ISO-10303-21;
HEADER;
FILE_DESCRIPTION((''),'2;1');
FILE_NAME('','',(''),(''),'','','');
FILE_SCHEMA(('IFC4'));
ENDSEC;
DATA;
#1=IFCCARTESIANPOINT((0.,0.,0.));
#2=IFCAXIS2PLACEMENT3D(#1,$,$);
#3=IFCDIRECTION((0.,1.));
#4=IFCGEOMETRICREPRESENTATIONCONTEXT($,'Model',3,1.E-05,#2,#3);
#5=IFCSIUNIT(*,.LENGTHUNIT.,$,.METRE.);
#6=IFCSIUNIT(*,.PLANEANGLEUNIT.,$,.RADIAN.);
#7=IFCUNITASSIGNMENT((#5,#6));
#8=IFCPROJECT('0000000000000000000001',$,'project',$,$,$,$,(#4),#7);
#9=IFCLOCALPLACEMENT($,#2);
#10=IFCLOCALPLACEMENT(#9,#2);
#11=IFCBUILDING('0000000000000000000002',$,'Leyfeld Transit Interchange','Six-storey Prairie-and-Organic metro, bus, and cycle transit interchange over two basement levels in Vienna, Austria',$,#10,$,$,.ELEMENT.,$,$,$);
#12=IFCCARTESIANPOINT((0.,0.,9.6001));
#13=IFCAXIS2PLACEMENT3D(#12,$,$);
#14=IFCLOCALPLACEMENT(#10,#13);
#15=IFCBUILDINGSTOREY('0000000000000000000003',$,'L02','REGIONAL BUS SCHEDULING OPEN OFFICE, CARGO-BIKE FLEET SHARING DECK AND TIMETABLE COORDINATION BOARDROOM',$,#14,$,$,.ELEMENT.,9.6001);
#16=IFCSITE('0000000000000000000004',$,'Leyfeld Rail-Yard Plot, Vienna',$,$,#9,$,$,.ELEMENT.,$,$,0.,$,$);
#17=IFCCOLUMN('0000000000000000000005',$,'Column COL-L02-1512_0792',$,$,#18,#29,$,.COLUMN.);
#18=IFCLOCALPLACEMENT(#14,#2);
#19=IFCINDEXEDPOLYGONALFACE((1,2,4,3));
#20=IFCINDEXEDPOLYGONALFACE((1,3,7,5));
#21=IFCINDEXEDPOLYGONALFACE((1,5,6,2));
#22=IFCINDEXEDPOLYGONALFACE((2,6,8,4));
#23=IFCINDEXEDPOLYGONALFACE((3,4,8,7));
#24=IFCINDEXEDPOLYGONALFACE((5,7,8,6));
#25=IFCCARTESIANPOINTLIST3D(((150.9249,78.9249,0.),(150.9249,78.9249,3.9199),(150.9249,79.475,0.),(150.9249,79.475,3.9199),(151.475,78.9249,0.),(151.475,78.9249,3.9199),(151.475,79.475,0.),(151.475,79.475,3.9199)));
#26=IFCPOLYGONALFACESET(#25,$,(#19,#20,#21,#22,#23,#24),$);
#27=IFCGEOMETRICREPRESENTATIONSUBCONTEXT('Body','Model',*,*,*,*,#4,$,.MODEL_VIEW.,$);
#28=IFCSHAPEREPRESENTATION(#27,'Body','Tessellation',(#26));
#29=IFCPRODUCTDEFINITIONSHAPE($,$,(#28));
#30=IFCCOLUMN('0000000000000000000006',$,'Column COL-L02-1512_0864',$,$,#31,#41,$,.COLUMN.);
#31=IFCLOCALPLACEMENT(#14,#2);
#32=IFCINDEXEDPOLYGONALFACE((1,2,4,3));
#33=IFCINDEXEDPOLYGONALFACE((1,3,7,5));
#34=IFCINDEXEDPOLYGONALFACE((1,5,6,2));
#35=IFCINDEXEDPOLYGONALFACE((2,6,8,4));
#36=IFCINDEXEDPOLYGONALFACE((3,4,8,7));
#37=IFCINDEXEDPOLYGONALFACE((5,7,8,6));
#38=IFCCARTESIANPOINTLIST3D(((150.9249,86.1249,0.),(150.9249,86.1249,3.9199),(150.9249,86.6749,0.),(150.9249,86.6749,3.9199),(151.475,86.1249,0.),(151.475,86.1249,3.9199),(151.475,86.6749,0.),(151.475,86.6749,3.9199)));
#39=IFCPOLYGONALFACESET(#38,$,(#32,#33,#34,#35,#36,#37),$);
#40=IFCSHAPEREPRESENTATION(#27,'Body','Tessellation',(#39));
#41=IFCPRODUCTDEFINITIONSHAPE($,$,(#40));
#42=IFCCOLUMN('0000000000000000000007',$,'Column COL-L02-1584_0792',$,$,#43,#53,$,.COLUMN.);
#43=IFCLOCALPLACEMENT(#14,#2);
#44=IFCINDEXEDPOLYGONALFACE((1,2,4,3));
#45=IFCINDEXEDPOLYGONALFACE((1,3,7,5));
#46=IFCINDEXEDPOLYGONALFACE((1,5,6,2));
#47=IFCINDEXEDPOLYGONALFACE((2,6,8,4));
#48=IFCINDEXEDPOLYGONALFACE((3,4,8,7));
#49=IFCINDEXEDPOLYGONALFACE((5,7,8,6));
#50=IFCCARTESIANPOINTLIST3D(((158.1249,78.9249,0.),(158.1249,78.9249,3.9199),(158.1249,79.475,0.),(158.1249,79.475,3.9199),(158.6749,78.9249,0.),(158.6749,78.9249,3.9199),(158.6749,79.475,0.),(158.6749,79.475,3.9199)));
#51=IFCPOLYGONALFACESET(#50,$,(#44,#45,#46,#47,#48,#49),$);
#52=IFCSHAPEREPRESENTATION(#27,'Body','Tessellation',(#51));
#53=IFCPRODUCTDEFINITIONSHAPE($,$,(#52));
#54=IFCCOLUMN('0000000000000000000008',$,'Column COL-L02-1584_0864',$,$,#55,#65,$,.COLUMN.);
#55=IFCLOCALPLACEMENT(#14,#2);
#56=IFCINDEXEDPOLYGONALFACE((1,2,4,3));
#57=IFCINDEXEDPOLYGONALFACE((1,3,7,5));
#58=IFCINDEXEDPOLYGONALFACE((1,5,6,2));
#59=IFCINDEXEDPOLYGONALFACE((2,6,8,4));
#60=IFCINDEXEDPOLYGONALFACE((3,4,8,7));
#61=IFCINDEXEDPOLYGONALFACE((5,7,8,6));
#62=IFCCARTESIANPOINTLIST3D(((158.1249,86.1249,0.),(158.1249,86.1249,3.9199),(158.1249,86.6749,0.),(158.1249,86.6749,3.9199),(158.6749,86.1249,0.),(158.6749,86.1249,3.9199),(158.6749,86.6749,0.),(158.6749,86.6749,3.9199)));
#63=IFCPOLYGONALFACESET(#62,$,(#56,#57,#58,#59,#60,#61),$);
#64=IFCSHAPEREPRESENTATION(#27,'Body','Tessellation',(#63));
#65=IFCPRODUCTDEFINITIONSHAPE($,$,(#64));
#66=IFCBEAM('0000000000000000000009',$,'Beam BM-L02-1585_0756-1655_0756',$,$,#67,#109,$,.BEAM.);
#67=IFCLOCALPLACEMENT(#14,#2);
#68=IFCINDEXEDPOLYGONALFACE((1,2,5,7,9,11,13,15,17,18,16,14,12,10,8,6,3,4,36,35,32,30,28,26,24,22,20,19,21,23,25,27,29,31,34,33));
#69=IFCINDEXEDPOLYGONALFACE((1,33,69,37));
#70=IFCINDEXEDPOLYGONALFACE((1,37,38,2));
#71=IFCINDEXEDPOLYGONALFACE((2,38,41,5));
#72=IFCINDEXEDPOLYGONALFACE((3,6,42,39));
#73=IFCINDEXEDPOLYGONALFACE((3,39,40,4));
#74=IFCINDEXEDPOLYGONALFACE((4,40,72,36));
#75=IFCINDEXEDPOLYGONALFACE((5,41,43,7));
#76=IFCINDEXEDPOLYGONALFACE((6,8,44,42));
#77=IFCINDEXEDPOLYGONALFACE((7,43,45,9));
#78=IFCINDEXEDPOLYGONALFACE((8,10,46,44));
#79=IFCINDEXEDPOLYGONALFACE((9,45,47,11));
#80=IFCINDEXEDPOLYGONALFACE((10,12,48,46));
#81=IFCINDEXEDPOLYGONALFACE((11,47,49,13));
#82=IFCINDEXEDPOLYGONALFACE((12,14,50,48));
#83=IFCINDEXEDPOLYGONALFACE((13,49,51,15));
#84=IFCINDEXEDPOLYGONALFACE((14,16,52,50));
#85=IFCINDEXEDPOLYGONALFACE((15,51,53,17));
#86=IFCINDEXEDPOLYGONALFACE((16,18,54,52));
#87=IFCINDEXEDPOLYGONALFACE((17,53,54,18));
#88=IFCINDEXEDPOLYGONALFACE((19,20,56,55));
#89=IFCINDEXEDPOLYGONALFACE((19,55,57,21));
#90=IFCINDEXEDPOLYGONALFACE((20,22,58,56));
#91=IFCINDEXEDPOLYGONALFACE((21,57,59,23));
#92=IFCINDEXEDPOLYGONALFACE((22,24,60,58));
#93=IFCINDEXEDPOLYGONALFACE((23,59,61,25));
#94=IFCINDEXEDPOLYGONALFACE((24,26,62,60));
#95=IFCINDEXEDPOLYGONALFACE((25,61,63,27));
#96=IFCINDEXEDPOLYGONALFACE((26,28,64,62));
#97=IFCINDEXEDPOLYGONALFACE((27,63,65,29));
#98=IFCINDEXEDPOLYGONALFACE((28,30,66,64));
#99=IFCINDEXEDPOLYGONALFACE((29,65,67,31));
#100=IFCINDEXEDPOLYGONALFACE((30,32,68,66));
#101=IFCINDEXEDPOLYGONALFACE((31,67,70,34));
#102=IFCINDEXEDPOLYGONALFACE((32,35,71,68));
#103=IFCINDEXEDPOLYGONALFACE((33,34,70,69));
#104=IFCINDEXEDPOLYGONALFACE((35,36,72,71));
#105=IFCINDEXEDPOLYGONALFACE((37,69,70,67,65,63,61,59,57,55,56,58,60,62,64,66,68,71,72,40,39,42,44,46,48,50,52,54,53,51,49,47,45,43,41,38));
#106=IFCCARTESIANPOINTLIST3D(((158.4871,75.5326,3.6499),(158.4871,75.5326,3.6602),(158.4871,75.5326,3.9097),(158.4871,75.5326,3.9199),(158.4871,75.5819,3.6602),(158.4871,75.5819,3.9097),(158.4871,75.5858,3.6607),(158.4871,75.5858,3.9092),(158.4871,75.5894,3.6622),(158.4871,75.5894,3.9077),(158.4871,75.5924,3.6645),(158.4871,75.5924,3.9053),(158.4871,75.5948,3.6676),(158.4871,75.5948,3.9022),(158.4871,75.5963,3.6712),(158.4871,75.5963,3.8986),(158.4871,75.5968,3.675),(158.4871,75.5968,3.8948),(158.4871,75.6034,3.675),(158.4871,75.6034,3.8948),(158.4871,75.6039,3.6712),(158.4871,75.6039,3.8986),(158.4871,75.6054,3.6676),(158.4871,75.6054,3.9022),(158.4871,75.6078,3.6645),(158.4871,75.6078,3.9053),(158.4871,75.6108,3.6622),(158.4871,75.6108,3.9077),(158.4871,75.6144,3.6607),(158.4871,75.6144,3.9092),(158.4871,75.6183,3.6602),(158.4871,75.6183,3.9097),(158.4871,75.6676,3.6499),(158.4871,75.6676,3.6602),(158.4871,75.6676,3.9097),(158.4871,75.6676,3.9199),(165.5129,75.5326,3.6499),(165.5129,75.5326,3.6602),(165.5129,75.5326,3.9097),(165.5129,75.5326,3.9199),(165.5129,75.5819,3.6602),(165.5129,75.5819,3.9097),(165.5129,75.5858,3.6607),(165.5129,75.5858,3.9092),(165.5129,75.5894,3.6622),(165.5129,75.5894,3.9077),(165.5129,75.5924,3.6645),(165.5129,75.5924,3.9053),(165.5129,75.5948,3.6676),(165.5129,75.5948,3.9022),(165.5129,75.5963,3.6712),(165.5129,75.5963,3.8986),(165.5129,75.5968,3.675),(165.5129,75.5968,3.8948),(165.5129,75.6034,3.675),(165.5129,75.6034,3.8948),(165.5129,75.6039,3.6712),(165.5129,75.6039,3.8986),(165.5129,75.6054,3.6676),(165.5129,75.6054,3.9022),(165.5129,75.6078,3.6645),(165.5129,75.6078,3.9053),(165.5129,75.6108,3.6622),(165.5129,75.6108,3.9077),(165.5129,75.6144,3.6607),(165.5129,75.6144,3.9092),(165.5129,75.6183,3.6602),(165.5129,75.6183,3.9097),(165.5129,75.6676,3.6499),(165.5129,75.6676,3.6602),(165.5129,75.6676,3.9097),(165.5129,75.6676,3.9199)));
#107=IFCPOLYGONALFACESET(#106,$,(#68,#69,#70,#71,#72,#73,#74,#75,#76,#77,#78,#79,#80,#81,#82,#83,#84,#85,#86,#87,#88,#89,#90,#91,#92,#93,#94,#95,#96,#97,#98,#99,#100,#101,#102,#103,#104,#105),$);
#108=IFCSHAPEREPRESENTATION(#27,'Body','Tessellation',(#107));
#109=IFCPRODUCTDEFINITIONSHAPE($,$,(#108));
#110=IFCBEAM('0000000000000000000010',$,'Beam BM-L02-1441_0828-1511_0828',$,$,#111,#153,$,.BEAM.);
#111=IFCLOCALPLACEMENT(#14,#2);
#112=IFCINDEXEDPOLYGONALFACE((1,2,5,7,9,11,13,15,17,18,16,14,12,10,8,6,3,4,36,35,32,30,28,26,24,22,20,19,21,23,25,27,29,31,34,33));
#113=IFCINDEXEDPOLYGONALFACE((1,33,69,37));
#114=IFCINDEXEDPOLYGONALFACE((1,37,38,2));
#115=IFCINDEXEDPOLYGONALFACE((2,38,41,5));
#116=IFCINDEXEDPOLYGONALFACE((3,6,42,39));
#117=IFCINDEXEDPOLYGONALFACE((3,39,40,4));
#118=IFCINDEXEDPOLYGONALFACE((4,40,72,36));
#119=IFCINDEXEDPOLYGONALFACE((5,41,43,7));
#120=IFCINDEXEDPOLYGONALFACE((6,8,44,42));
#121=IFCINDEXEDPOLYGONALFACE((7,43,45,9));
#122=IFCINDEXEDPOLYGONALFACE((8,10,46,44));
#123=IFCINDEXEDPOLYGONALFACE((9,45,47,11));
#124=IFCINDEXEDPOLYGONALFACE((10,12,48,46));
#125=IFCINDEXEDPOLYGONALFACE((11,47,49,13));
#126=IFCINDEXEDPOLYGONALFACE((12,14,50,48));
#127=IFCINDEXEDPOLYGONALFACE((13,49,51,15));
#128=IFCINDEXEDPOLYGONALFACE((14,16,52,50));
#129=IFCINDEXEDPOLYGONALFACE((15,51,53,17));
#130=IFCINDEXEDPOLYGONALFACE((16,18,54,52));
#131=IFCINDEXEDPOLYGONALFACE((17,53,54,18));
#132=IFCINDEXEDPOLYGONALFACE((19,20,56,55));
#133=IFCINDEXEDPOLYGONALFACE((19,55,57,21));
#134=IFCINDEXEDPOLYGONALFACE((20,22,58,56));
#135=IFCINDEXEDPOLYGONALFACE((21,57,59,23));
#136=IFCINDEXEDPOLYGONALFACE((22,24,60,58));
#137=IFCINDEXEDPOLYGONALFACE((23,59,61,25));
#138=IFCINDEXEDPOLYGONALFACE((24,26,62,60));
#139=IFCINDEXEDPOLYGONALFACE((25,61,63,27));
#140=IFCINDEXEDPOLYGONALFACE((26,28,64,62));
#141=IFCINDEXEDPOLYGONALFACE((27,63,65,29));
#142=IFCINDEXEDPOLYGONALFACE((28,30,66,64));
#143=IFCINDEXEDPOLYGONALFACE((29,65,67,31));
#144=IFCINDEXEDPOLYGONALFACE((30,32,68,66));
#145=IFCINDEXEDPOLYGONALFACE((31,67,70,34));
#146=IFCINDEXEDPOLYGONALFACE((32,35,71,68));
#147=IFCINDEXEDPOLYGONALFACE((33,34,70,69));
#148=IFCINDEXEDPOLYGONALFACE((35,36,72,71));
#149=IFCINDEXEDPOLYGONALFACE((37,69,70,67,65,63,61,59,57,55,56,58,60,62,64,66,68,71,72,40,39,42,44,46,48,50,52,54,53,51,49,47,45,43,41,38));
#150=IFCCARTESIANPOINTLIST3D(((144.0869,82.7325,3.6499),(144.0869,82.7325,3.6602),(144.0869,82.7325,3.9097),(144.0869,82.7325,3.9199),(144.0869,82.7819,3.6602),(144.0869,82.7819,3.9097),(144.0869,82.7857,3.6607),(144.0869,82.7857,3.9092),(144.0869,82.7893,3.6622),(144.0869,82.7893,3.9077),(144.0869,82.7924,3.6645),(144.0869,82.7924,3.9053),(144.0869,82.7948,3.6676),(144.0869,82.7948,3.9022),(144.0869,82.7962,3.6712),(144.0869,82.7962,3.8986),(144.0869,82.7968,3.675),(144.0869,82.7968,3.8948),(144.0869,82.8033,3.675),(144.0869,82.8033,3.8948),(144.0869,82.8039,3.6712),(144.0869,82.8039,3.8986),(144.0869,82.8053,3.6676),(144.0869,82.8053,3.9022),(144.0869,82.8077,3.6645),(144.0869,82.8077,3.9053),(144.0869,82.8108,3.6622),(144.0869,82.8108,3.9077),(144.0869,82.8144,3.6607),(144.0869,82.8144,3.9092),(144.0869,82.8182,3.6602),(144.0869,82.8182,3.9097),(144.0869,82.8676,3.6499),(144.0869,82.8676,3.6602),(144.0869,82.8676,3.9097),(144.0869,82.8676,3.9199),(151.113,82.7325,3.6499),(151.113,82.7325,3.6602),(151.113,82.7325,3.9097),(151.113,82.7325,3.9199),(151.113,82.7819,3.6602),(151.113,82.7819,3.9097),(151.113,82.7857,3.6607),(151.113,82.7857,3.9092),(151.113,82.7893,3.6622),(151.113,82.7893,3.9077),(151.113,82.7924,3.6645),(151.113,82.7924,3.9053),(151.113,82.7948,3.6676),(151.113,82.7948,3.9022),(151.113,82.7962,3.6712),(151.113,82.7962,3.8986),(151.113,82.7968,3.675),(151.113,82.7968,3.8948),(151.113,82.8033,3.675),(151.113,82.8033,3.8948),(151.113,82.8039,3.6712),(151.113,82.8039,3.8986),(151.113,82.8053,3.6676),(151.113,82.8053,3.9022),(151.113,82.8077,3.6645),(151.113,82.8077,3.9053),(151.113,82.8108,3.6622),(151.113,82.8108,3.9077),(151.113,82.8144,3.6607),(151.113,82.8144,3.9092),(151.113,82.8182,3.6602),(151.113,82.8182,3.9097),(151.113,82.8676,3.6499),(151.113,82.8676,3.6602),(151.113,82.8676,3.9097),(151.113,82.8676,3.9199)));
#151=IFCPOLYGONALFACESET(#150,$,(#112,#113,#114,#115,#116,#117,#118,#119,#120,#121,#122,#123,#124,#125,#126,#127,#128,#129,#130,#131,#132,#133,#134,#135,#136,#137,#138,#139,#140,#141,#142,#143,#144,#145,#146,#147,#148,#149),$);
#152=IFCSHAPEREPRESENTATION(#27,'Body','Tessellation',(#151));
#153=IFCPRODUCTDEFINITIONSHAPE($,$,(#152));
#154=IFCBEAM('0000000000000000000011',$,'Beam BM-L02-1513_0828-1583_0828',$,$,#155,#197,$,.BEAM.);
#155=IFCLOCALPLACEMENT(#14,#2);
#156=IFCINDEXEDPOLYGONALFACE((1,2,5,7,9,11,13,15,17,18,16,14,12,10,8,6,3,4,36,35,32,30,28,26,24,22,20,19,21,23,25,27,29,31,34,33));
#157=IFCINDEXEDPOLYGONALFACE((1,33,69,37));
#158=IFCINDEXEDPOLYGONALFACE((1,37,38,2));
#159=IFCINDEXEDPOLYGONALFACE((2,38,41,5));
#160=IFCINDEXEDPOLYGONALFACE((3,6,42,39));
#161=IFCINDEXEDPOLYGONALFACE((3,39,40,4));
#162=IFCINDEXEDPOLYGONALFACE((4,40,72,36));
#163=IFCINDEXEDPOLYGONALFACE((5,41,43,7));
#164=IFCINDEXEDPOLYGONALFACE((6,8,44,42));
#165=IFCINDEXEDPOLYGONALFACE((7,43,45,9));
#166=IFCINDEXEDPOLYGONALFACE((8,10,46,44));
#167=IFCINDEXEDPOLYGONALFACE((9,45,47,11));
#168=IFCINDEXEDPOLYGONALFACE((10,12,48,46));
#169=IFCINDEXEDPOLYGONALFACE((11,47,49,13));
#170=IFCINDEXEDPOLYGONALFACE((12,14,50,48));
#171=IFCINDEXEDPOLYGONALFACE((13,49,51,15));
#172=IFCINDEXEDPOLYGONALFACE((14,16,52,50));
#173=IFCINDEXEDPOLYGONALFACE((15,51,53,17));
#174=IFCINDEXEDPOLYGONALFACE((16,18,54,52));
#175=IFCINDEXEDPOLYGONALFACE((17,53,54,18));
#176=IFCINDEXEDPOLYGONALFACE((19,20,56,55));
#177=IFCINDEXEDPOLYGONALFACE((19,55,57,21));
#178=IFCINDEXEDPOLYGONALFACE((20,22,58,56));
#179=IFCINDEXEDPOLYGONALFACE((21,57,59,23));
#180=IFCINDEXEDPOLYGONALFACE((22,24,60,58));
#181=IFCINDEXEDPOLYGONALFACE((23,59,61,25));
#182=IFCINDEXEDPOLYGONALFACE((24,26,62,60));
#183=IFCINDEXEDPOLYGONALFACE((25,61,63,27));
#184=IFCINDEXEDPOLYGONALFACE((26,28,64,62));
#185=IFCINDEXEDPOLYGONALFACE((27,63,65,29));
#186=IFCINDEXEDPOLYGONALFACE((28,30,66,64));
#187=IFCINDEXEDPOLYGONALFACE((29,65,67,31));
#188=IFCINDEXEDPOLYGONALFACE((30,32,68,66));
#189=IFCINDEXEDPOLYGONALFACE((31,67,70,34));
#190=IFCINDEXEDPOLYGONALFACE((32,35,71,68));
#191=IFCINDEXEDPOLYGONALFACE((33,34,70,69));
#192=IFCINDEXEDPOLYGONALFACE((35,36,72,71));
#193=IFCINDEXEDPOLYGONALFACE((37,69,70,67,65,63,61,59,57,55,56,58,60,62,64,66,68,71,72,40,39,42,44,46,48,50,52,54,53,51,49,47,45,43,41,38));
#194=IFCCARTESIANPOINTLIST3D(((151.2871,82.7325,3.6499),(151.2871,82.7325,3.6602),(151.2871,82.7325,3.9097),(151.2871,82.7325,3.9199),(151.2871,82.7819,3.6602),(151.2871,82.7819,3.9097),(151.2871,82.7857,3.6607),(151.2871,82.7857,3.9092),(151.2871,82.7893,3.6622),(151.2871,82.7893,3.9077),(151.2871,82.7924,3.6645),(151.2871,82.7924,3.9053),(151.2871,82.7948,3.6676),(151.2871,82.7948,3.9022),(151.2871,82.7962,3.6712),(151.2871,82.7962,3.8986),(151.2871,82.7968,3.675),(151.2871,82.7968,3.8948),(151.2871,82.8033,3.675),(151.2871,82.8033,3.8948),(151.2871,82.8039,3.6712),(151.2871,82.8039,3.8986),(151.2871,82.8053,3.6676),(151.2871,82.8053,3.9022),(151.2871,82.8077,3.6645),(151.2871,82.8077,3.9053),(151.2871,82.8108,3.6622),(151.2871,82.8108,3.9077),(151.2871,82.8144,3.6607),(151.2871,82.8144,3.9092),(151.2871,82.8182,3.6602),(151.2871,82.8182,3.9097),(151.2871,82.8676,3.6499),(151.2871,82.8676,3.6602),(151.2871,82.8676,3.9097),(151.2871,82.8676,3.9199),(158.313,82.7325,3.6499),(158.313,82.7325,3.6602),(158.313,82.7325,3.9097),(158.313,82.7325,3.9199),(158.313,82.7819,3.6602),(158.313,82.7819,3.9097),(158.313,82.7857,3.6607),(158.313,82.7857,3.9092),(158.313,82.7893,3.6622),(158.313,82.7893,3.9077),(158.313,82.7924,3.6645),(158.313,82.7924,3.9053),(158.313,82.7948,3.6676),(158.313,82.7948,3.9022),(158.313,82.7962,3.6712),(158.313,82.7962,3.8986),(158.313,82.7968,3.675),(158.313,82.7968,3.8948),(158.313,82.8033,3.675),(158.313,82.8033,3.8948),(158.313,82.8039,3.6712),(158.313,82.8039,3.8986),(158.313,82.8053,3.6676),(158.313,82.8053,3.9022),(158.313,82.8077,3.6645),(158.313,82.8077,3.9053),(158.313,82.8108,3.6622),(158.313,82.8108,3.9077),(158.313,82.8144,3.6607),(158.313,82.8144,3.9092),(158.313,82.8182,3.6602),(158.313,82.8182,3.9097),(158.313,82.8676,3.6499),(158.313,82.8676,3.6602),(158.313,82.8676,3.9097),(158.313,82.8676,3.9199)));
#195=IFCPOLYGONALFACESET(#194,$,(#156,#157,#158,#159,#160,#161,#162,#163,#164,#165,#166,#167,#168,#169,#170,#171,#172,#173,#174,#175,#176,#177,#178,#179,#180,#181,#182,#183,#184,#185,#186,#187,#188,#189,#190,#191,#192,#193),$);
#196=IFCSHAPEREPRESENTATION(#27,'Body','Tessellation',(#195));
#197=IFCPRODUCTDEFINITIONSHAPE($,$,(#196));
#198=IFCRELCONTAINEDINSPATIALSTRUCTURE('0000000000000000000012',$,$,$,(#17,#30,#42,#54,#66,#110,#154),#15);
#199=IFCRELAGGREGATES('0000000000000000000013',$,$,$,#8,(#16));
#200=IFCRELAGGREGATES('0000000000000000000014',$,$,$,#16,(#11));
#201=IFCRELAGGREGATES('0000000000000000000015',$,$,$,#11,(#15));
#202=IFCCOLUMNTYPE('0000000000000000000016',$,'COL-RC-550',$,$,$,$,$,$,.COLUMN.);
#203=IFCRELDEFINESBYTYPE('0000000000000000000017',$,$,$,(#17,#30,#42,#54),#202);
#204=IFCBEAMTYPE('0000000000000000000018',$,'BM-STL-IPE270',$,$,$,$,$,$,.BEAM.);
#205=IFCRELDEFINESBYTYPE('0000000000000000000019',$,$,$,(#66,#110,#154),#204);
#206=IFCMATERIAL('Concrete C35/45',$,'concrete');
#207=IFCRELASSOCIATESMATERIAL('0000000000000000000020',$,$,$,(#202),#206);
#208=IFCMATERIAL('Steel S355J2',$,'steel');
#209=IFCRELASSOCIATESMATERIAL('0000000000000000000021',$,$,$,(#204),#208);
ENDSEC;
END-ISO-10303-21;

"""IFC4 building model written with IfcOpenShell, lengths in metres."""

from ifc_helpers import new_model, si_unit, direction, frame, origin, origin_2d, place, context, subcontext, project, spatial, rectangle, i_section, extrude, material, material_profile, profile_set, type_object, element, save


model = new_model("IFC4")

# Units and contexts
model_context = context("Model", 3, precision=1e-05, world=origin(), true_north=direction((0.0, 1.0)))
body_context = subcontext(model_context, "Body", "Model", "MODEL_VIEW")
ifc_project = project(units=[si_unit("LENGTHUNIT", "METRE"), si_unit("PLANEANGLEUNIT", "RADIAN")], contexts=[model_context])

# Site, building, storey
site_placement = place(None, origin())
site = spatial("IfcSite", under=ifc_project, at=site_placement, Name="Leyfeld Rail-Yard Plot, Vienna", CompositionType="ELEMENT", RefElevation=0.0)
building_placement = place(site_placement, origin())
building = spatial("IfcBuilding", under=site, at=building_placement, Name="Leyfeld Transit Interchange", Description="Six-storey Prairie-and-Organic metro, bus, and cycle transit interchange over two basement levels in Vienna, Austria", CompositionType="ELEMENT")
storey_placement = place(building_placement, frame((0.0, 0.0, 9.6001)))
storey = spatial("IfcBuildingStorey", under=building, at=storey_placement, Name="L02", Description="REGIONAL BUS SCHEDULING OPEN OFFICE, CARGO-BIKE FLEET SHARING DECK AND TIMETABLE COORDINATION BOARDROOM", CompositionType="ELEMENT", Elevation=9.6001)

# Columns
ifc_material_1 = material(Name="Concrete C35/45", Category="concrete")
ifc_material_profile_1 = material_profile(ifc_material_1, rectangle(XDim=0.55, YDim=0.55, at=origin_2d()), Name="RC 550x550")
ifc_profile_set_1 = profile_set([ifc_material_profile_1], Name="Concrete C35/45")
column_type = type_object("IfcColumnType", Name="COL-RC-550", PredefinedType="COLUMN", material=ifc_profile_set_1)
for number, where, z_axis, x_axis, name in (
    (1, (151.2, 79.2, 0.0), (0.0, 0.0, 1.0), (1.0, 0.0, 0.0), "Column COL-L02-1512_0792"),
    (2, (151.2, 86.3999, 0.0), (0.0, 0.0, 1.0), (1.0, 0.0, 0.0), "Column COL-L02-1512_0864"),
    (3, (158.3999, 79.2, 0.0), (0.0, 0.0, 1.0), (1.0, 0.0, 0.0), "Column COL-L02-1584_0792"),
    (4, (158.3999, 86.3999, 0.0), (0.0, 0.0, 1.0), (1.0, 0.0, 0.0), "Column COL-L02-1584_0864"),
):
    element("IfcColumn", number, at=place(storey_placement, frame(where, z_axis=z_axis, x_axis=x_axis)), inside=storey, type_object=column_type, Name=name, PredefinedType="COLUMN", context=body_context, shape_type="SweptSolid", body=[
        extrude(rectangle(XDim=0.55, YDim=0.55, at=origin_2d()), origin(), (0.0, 0.0, 1.0), 3.9199),
    ])

# Beams
ifc_material_2 = material(Name="Steel S355J2", Category="steel")
ifc_material_profile_2 = material_profile(ifc_material_2, i_section(OverallWidth=0.135, OverallDepth=0.27, WebThickness=0.0066, FlangeThickness=0.0103, FilletRadius=0.0149, at=origin_2d()), Name="IPE 270")
ifc_profile_set_2 = profile_set([ifc_material_profile_2], Name="Steel S355J2")
beam_type_1 = type_object("IfcBeamType", Name="BM-STL-IPE270", PredefinedType="BEAM", material=ifc_profile_set_2)
beam_1_placement = place(storey_placement, frame((158.4871, 75.6001, 3.7849), z_axis=(1.0, 0.0, 0.0), x_axis=(0.0, 1.0, 0.0)))
element("IfcBeam", 5, at=beam_1_placement, inside=storey, type_object=beam_type_1, Name="Beam BM-L02-1585_0756-1655_0756", PredefinedType="BEAM", context=body_context, shape_type="SweptSolid", body=[
    extrude(i_section(OverallWidth=0.135, OverallDepth=0.27, WebThickness=0.0066, FlangeThickness=0.0103, FilletRadius=0.0149, at=origin_2d()), origin(), (0.0, 0.0, 1.0), 7.0259),
])
beam_2_placement = place(storey_placement, frame((144.0869, 82.8, 3.7849), z_axis=(1.0, 0.0, 0.0), x_axis=(0.0, 1.0, 0.0)))
element("IfcBeam", 6, at=beam_2_placement, inside=storey, type_object=beam_type_1, Name="Beam BM-L02-1441_0828-1511_0828", PredefinedType="BEAM", context=body_context, shape_type="SweptSolid", body=[
    extrude(i_section(OverallWidth=0.135, OverallDepth=0.27, WebThickness=0.0066, FlangeThickness=0.0103, FilletRadius=0.0149, at=origin_2d()), origin(), (0.0, 0.0, 1.0), 7.0261),
])
for number, where, z_axis, x_axis, name in (
    (7, (151.2871, 82.8, 3.7849), (1.0, 0.0, 0.0), (0.0, 1.0, 0.0), "Beam BM-L02-1513_0828-1583_0828"),
):
    element("IfcBeam", number, at=place(storey_placement, frame(where, z_axis=z_axis, x_axis=x_axis)), inside=storey, type_object=beam_type_1, Name=name, PredefinedType="BEAM", context=body_context, shape_type="SweptSolid", body=[
        extrude(i_section(OverallWidth=0.135, OverallDepth=0.27, WebThickness=0.0066, FlangeThickness=0.0103, FilletRadius=0.0149, at=origin_2d()), origin(), (0.0, 0.0, 1.0), 7.0259),
    ])

save(model, "model.ifc")
